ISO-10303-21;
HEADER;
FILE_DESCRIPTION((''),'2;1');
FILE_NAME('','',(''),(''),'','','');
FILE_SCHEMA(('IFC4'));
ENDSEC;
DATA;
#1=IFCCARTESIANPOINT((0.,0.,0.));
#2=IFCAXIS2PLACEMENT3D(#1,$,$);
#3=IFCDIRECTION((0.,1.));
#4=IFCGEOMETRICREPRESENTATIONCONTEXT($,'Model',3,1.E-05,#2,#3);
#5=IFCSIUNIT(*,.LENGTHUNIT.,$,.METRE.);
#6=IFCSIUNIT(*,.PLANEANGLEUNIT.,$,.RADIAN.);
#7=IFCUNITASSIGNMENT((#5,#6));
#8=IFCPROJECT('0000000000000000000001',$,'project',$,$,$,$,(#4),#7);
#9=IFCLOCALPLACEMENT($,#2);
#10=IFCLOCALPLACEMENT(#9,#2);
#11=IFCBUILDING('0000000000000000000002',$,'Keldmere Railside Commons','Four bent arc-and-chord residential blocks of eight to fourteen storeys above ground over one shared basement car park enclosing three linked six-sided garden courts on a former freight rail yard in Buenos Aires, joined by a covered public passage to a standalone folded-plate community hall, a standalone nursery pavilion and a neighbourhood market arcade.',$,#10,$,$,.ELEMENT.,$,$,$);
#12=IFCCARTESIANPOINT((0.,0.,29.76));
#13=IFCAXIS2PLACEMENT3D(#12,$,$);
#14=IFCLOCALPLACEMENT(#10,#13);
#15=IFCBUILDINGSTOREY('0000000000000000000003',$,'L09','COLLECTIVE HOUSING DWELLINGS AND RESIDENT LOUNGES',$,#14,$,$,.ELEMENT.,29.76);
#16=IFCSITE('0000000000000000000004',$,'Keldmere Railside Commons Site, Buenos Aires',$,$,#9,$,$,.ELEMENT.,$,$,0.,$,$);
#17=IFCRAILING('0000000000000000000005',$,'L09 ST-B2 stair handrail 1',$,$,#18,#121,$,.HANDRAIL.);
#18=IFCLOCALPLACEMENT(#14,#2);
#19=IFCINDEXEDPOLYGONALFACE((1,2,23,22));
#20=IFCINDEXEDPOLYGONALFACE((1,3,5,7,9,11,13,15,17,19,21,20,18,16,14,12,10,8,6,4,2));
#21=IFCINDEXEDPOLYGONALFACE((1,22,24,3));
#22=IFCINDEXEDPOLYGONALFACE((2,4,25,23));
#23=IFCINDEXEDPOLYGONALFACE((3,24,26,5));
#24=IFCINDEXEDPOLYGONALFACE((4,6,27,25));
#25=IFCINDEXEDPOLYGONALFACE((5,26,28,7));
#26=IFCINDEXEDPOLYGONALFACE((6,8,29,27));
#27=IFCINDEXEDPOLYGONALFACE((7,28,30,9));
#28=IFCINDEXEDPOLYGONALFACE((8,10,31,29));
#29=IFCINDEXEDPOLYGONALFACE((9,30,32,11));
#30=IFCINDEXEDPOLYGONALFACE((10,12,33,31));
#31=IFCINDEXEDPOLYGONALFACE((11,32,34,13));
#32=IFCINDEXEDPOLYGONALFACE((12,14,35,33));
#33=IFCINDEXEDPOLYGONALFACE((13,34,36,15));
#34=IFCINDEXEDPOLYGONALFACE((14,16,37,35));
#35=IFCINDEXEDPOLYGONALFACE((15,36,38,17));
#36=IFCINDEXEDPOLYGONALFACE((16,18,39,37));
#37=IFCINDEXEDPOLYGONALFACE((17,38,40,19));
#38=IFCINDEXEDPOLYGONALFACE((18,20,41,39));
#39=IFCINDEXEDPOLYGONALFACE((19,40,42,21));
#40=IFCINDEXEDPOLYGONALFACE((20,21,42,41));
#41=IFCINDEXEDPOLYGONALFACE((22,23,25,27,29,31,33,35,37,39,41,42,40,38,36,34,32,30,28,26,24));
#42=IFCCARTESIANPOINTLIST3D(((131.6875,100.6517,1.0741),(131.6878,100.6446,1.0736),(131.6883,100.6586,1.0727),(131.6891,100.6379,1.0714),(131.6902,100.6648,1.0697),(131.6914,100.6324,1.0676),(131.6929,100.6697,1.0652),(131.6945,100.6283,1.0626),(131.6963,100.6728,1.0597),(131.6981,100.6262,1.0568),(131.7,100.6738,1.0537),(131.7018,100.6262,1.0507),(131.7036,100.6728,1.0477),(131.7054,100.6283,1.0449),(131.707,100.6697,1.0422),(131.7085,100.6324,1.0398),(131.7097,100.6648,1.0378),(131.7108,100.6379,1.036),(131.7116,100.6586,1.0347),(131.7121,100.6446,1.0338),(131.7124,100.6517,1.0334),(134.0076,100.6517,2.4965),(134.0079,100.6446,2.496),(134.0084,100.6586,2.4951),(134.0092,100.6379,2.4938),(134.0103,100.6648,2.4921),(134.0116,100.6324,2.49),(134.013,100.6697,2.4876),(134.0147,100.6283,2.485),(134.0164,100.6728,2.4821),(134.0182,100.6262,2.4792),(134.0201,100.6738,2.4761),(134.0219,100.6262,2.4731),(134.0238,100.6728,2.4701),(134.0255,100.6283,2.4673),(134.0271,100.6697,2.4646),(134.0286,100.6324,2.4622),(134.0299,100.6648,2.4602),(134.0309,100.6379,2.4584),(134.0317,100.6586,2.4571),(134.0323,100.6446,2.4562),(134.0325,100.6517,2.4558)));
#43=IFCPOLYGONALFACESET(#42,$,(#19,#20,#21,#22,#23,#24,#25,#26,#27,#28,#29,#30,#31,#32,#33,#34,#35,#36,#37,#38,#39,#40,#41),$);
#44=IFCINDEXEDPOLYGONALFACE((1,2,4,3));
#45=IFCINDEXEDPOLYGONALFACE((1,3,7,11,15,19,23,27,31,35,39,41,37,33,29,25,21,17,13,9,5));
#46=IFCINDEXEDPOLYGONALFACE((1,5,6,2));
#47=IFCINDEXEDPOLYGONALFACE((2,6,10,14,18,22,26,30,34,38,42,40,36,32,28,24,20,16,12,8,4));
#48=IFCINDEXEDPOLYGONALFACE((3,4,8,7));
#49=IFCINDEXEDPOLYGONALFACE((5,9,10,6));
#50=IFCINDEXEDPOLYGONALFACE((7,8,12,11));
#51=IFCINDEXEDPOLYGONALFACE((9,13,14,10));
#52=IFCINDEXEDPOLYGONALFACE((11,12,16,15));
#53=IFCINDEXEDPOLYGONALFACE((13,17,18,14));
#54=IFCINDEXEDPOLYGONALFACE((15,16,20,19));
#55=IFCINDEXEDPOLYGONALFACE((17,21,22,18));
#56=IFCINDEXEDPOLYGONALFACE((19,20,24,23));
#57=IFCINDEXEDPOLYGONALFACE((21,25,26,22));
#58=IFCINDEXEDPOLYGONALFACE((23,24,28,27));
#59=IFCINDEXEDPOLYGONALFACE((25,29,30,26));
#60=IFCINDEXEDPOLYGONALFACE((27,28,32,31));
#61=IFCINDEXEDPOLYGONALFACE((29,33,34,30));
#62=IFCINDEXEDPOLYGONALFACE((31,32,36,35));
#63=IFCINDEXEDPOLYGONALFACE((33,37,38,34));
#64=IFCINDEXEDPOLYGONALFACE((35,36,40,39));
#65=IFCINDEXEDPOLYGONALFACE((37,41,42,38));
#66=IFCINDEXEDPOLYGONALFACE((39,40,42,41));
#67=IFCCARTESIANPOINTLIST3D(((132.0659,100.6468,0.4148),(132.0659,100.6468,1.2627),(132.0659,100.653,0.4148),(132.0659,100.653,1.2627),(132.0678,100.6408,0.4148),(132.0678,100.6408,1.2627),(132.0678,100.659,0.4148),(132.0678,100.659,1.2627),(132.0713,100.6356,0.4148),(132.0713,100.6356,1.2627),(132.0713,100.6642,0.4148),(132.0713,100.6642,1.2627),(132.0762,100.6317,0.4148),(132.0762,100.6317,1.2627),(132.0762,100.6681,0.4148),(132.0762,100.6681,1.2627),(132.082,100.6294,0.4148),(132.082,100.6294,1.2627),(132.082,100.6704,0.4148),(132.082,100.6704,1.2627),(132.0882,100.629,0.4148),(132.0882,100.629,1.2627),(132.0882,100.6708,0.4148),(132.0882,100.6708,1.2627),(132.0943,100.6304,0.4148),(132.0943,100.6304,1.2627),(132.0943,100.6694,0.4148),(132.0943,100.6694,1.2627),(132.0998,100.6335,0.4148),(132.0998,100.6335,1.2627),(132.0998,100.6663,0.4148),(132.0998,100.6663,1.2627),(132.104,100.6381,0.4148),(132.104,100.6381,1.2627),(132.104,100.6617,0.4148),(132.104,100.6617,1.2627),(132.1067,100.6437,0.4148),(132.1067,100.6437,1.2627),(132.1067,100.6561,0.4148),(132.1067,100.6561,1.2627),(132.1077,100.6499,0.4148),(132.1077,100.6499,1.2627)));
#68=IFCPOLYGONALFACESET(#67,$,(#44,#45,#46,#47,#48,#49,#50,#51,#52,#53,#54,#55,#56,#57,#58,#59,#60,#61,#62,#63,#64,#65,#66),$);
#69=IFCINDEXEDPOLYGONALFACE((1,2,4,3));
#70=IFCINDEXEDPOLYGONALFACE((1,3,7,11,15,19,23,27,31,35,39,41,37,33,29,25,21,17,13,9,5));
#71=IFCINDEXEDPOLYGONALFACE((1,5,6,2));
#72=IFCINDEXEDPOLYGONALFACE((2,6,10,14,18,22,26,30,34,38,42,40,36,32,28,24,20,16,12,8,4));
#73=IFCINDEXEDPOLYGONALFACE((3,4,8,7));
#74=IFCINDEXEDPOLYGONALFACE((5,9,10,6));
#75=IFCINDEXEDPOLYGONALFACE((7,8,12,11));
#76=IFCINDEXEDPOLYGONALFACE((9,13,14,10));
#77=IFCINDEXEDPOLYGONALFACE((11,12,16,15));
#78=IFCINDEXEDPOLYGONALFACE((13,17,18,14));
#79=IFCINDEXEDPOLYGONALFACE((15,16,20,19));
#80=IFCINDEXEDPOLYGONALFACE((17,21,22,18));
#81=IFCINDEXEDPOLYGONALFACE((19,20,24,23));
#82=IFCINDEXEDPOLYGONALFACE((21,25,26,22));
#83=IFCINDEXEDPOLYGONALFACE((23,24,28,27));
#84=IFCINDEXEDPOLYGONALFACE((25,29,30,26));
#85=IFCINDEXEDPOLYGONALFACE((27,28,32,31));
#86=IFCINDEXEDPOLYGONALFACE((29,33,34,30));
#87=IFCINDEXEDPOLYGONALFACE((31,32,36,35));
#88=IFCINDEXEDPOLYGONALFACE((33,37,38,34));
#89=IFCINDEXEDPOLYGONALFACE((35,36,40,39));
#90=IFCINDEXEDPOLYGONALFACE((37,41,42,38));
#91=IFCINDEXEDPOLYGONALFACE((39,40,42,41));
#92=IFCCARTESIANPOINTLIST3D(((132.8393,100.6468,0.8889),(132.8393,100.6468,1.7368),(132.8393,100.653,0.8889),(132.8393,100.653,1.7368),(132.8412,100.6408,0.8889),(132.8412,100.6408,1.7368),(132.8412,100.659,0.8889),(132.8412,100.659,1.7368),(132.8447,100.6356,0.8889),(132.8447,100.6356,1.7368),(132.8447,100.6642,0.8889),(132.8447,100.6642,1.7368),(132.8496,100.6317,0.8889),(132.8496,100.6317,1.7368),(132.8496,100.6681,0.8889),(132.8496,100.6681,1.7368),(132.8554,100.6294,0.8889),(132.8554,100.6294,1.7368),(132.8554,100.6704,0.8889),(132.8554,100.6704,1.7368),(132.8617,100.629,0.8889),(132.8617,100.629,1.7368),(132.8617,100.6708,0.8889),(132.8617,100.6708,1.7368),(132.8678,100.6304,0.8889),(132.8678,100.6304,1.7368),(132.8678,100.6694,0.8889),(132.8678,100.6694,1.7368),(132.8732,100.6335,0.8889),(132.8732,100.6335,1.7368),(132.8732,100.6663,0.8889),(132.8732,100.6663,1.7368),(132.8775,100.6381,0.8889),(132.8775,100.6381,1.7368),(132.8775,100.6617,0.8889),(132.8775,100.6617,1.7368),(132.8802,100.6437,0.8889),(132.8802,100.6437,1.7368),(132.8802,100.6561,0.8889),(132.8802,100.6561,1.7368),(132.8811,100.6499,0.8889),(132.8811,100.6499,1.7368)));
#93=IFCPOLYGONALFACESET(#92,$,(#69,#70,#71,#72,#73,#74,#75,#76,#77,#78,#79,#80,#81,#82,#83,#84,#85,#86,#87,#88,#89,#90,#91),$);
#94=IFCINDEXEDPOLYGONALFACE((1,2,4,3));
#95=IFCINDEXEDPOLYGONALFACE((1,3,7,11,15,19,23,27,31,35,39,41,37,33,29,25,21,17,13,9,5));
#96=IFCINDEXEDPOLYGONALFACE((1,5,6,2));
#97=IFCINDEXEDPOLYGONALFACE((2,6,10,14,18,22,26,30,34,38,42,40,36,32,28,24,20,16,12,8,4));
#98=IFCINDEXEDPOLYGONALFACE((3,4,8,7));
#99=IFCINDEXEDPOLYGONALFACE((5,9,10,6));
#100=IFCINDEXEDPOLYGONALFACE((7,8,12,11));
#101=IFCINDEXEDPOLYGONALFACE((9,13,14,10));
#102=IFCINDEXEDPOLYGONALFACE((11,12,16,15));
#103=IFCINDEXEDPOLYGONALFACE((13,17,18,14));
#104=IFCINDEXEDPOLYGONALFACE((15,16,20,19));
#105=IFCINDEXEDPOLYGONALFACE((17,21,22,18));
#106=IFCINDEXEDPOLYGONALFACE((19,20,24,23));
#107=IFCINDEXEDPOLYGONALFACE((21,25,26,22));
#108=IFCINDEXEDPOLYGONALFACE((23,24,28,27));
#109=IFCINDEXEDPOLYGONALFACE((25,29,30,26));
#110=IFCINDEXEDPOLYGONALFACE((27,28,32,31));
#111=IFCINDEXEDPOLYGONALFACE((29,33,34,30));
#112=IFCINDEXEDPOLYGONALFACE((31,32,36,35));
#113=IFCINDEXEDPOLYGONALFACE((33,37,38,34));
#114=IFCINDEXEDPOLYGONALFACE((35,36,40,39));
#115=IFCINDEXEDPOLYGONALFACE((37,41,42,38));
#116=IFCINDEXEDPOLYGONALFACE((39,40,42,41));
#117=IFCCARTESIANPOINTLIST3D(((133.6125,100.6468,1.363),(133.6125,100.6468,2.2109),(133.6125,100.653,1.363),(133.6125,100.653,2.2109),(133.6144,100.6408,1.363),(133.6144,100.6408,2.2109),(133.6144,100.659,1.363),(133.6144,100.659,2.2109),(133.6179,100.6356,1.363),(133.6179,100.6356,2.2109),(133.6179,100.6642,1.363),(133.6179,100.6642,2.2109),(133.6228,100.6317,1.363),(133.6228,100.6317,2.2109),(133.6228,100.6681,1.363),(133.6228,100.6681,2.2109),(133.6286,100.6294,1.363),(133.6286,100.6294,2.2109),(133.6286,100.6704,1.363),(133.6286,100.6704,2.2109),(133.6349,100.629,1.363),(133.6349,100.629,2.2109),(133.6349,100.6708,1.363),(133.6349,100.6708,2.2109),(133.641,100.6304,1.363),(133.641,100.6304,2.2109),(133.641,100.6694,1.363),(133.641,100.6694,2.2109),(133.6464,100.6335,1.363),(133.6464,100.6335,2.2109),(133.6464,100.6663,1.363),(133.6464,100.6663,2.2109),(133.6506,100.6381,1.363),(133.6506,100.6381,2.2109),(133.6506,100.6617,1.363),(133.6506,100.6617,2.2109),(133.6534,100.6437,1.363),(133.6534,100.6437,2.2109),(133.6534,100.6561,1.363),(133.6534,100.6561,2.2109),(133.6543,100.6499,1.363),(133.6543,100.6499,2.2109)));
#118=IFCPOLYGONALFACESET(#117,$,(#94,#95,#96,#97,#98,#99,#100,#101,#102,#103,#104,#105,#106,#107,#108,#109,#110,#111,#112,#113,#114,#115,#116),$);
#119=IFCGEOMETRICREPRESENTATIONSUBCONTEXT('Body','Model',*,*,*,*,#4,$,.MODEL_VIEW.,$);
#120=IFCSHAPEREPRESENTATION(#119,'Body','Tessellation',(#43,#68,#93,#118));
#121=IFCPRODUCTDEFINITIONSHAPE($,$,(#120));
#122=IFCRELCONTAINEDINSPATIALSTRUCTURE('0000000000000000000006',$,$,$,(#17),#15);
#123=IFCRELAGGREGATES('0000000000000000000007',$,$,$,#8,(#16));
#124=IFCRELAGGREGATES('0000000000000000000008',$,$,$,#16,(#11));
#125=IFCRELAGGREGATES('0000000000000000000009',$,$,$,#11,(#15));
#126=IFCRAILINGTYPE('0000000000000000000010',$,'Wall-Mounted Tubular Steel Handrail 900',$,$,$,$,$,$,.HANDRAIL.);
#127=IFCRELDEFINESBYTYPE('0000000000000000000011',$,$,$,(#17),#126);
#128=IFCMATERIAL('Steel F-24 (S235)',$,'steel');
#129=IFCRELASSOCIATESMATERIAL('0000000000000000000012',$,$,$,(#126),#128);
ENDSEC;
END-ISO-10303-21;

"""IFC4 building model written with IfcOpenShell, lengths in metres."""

from ifc_helpers import new_model, si_unit, direction, frame, origin, origin_2d, place, context, subcontext, project, spatial, circle, extrude, material, type_object, element, save


model = new_model("IFC4")

# Units and contexts
model_context = context("Model", 3, precision=1e-05, world=origin(), true_north=direction((0.0, 1.0)))
body_context = subcontext(model_context, "Body", "Model", "MODEL_VIEW")
ifc_project = project(units=[si_unit("LENGTHUNIT", "METRE"), si_unit("PLANEANGLEUNIT", "RADIAN")], contexts=[model_context])

# Site, building, storey
site_placement = place(None, origin())
site = spatial("IfcSite", under=ifc_project, at=site_placement, Name="Keldmere Railside Commons Site, Buenos Aires", CompositionType="ELEMENT", RefElevation=0.0)
building_placement = place(site_placement, origin())
building = spatial("IfcBuilding", under=site, at=building_placement, Name="Keldmere Railside Commons", Description="Four bent arc-and-chord residential blocks of eight to fourteen storeys above ground over one shared basement car park enclosing three linked six-sided garden courts on a former freight rail yard in Buenos Aires, joined by a covered public passage to a standalone folded-plate community hall, a standalone nursery pavilion and a neighbourhood market arcade.", CompositionType="ELEMENT")
storey_placement = place(building_placement, frame((0.0, 0.0, 29.76)))
storey = spatial("IfcBuildingStorey", under=building, at=storey_placement, Name="L09", Description="COLLECTIVE HOUSING DWELLINGS AND RESIDENT LOUNGES", CompositionType="ELEMENT", Elevation=29.76)

# Railing
ifc_material_1 = material(Name="Steel F-24 (S235)", Category="steel")
railing_type_1 = type_object("IfcRailingType", Name="Wall-Mounted Tubular Steel Handrail 900", PredefinedType="HANDRAIL", material=ifc_material_1)
railing_1_placement = place(storey_placement, frame((131.7, 100.6499, 0.1777)))
element("IfcRailing", 1, at=railing_1_placement, inside=storey, type_object=railing_type_1, Name="L09 ST-B2 stair handrail 1", PredefinedType="HANDRAIL", context=body_context, shape_type="SweptSolid", body=[
    extrude(circle(Radius=0.0239, at=origin_2d()), frame((0.0, 0.0, 0.876), z_axis=(0.852538, 0.0, 0.522665), x_axis=(0.0, 1.0, 0.0)), (0.0, 0.0, 1.0), 2.7214),
    extrude(circle(Radius=0.021, at=origin_2d()), frame((0.3867, 0.0, 0.2371)), (0.0, 0.0, 1.0), 0.8479),
    extrude(circle(Radius=0.021, at=origin_2d()), frame((1.1602, 0.0, 0.7112)), (0.0, 0.0, 1.0), 0.8479),
    extrude(circle(Radius=0.021, at=origin_2d()), frame((1.9333, 0.0, 1.1853)), (0.0, 0.0, 1.0), 0.8479),
])

save(model, "model.ifc")
